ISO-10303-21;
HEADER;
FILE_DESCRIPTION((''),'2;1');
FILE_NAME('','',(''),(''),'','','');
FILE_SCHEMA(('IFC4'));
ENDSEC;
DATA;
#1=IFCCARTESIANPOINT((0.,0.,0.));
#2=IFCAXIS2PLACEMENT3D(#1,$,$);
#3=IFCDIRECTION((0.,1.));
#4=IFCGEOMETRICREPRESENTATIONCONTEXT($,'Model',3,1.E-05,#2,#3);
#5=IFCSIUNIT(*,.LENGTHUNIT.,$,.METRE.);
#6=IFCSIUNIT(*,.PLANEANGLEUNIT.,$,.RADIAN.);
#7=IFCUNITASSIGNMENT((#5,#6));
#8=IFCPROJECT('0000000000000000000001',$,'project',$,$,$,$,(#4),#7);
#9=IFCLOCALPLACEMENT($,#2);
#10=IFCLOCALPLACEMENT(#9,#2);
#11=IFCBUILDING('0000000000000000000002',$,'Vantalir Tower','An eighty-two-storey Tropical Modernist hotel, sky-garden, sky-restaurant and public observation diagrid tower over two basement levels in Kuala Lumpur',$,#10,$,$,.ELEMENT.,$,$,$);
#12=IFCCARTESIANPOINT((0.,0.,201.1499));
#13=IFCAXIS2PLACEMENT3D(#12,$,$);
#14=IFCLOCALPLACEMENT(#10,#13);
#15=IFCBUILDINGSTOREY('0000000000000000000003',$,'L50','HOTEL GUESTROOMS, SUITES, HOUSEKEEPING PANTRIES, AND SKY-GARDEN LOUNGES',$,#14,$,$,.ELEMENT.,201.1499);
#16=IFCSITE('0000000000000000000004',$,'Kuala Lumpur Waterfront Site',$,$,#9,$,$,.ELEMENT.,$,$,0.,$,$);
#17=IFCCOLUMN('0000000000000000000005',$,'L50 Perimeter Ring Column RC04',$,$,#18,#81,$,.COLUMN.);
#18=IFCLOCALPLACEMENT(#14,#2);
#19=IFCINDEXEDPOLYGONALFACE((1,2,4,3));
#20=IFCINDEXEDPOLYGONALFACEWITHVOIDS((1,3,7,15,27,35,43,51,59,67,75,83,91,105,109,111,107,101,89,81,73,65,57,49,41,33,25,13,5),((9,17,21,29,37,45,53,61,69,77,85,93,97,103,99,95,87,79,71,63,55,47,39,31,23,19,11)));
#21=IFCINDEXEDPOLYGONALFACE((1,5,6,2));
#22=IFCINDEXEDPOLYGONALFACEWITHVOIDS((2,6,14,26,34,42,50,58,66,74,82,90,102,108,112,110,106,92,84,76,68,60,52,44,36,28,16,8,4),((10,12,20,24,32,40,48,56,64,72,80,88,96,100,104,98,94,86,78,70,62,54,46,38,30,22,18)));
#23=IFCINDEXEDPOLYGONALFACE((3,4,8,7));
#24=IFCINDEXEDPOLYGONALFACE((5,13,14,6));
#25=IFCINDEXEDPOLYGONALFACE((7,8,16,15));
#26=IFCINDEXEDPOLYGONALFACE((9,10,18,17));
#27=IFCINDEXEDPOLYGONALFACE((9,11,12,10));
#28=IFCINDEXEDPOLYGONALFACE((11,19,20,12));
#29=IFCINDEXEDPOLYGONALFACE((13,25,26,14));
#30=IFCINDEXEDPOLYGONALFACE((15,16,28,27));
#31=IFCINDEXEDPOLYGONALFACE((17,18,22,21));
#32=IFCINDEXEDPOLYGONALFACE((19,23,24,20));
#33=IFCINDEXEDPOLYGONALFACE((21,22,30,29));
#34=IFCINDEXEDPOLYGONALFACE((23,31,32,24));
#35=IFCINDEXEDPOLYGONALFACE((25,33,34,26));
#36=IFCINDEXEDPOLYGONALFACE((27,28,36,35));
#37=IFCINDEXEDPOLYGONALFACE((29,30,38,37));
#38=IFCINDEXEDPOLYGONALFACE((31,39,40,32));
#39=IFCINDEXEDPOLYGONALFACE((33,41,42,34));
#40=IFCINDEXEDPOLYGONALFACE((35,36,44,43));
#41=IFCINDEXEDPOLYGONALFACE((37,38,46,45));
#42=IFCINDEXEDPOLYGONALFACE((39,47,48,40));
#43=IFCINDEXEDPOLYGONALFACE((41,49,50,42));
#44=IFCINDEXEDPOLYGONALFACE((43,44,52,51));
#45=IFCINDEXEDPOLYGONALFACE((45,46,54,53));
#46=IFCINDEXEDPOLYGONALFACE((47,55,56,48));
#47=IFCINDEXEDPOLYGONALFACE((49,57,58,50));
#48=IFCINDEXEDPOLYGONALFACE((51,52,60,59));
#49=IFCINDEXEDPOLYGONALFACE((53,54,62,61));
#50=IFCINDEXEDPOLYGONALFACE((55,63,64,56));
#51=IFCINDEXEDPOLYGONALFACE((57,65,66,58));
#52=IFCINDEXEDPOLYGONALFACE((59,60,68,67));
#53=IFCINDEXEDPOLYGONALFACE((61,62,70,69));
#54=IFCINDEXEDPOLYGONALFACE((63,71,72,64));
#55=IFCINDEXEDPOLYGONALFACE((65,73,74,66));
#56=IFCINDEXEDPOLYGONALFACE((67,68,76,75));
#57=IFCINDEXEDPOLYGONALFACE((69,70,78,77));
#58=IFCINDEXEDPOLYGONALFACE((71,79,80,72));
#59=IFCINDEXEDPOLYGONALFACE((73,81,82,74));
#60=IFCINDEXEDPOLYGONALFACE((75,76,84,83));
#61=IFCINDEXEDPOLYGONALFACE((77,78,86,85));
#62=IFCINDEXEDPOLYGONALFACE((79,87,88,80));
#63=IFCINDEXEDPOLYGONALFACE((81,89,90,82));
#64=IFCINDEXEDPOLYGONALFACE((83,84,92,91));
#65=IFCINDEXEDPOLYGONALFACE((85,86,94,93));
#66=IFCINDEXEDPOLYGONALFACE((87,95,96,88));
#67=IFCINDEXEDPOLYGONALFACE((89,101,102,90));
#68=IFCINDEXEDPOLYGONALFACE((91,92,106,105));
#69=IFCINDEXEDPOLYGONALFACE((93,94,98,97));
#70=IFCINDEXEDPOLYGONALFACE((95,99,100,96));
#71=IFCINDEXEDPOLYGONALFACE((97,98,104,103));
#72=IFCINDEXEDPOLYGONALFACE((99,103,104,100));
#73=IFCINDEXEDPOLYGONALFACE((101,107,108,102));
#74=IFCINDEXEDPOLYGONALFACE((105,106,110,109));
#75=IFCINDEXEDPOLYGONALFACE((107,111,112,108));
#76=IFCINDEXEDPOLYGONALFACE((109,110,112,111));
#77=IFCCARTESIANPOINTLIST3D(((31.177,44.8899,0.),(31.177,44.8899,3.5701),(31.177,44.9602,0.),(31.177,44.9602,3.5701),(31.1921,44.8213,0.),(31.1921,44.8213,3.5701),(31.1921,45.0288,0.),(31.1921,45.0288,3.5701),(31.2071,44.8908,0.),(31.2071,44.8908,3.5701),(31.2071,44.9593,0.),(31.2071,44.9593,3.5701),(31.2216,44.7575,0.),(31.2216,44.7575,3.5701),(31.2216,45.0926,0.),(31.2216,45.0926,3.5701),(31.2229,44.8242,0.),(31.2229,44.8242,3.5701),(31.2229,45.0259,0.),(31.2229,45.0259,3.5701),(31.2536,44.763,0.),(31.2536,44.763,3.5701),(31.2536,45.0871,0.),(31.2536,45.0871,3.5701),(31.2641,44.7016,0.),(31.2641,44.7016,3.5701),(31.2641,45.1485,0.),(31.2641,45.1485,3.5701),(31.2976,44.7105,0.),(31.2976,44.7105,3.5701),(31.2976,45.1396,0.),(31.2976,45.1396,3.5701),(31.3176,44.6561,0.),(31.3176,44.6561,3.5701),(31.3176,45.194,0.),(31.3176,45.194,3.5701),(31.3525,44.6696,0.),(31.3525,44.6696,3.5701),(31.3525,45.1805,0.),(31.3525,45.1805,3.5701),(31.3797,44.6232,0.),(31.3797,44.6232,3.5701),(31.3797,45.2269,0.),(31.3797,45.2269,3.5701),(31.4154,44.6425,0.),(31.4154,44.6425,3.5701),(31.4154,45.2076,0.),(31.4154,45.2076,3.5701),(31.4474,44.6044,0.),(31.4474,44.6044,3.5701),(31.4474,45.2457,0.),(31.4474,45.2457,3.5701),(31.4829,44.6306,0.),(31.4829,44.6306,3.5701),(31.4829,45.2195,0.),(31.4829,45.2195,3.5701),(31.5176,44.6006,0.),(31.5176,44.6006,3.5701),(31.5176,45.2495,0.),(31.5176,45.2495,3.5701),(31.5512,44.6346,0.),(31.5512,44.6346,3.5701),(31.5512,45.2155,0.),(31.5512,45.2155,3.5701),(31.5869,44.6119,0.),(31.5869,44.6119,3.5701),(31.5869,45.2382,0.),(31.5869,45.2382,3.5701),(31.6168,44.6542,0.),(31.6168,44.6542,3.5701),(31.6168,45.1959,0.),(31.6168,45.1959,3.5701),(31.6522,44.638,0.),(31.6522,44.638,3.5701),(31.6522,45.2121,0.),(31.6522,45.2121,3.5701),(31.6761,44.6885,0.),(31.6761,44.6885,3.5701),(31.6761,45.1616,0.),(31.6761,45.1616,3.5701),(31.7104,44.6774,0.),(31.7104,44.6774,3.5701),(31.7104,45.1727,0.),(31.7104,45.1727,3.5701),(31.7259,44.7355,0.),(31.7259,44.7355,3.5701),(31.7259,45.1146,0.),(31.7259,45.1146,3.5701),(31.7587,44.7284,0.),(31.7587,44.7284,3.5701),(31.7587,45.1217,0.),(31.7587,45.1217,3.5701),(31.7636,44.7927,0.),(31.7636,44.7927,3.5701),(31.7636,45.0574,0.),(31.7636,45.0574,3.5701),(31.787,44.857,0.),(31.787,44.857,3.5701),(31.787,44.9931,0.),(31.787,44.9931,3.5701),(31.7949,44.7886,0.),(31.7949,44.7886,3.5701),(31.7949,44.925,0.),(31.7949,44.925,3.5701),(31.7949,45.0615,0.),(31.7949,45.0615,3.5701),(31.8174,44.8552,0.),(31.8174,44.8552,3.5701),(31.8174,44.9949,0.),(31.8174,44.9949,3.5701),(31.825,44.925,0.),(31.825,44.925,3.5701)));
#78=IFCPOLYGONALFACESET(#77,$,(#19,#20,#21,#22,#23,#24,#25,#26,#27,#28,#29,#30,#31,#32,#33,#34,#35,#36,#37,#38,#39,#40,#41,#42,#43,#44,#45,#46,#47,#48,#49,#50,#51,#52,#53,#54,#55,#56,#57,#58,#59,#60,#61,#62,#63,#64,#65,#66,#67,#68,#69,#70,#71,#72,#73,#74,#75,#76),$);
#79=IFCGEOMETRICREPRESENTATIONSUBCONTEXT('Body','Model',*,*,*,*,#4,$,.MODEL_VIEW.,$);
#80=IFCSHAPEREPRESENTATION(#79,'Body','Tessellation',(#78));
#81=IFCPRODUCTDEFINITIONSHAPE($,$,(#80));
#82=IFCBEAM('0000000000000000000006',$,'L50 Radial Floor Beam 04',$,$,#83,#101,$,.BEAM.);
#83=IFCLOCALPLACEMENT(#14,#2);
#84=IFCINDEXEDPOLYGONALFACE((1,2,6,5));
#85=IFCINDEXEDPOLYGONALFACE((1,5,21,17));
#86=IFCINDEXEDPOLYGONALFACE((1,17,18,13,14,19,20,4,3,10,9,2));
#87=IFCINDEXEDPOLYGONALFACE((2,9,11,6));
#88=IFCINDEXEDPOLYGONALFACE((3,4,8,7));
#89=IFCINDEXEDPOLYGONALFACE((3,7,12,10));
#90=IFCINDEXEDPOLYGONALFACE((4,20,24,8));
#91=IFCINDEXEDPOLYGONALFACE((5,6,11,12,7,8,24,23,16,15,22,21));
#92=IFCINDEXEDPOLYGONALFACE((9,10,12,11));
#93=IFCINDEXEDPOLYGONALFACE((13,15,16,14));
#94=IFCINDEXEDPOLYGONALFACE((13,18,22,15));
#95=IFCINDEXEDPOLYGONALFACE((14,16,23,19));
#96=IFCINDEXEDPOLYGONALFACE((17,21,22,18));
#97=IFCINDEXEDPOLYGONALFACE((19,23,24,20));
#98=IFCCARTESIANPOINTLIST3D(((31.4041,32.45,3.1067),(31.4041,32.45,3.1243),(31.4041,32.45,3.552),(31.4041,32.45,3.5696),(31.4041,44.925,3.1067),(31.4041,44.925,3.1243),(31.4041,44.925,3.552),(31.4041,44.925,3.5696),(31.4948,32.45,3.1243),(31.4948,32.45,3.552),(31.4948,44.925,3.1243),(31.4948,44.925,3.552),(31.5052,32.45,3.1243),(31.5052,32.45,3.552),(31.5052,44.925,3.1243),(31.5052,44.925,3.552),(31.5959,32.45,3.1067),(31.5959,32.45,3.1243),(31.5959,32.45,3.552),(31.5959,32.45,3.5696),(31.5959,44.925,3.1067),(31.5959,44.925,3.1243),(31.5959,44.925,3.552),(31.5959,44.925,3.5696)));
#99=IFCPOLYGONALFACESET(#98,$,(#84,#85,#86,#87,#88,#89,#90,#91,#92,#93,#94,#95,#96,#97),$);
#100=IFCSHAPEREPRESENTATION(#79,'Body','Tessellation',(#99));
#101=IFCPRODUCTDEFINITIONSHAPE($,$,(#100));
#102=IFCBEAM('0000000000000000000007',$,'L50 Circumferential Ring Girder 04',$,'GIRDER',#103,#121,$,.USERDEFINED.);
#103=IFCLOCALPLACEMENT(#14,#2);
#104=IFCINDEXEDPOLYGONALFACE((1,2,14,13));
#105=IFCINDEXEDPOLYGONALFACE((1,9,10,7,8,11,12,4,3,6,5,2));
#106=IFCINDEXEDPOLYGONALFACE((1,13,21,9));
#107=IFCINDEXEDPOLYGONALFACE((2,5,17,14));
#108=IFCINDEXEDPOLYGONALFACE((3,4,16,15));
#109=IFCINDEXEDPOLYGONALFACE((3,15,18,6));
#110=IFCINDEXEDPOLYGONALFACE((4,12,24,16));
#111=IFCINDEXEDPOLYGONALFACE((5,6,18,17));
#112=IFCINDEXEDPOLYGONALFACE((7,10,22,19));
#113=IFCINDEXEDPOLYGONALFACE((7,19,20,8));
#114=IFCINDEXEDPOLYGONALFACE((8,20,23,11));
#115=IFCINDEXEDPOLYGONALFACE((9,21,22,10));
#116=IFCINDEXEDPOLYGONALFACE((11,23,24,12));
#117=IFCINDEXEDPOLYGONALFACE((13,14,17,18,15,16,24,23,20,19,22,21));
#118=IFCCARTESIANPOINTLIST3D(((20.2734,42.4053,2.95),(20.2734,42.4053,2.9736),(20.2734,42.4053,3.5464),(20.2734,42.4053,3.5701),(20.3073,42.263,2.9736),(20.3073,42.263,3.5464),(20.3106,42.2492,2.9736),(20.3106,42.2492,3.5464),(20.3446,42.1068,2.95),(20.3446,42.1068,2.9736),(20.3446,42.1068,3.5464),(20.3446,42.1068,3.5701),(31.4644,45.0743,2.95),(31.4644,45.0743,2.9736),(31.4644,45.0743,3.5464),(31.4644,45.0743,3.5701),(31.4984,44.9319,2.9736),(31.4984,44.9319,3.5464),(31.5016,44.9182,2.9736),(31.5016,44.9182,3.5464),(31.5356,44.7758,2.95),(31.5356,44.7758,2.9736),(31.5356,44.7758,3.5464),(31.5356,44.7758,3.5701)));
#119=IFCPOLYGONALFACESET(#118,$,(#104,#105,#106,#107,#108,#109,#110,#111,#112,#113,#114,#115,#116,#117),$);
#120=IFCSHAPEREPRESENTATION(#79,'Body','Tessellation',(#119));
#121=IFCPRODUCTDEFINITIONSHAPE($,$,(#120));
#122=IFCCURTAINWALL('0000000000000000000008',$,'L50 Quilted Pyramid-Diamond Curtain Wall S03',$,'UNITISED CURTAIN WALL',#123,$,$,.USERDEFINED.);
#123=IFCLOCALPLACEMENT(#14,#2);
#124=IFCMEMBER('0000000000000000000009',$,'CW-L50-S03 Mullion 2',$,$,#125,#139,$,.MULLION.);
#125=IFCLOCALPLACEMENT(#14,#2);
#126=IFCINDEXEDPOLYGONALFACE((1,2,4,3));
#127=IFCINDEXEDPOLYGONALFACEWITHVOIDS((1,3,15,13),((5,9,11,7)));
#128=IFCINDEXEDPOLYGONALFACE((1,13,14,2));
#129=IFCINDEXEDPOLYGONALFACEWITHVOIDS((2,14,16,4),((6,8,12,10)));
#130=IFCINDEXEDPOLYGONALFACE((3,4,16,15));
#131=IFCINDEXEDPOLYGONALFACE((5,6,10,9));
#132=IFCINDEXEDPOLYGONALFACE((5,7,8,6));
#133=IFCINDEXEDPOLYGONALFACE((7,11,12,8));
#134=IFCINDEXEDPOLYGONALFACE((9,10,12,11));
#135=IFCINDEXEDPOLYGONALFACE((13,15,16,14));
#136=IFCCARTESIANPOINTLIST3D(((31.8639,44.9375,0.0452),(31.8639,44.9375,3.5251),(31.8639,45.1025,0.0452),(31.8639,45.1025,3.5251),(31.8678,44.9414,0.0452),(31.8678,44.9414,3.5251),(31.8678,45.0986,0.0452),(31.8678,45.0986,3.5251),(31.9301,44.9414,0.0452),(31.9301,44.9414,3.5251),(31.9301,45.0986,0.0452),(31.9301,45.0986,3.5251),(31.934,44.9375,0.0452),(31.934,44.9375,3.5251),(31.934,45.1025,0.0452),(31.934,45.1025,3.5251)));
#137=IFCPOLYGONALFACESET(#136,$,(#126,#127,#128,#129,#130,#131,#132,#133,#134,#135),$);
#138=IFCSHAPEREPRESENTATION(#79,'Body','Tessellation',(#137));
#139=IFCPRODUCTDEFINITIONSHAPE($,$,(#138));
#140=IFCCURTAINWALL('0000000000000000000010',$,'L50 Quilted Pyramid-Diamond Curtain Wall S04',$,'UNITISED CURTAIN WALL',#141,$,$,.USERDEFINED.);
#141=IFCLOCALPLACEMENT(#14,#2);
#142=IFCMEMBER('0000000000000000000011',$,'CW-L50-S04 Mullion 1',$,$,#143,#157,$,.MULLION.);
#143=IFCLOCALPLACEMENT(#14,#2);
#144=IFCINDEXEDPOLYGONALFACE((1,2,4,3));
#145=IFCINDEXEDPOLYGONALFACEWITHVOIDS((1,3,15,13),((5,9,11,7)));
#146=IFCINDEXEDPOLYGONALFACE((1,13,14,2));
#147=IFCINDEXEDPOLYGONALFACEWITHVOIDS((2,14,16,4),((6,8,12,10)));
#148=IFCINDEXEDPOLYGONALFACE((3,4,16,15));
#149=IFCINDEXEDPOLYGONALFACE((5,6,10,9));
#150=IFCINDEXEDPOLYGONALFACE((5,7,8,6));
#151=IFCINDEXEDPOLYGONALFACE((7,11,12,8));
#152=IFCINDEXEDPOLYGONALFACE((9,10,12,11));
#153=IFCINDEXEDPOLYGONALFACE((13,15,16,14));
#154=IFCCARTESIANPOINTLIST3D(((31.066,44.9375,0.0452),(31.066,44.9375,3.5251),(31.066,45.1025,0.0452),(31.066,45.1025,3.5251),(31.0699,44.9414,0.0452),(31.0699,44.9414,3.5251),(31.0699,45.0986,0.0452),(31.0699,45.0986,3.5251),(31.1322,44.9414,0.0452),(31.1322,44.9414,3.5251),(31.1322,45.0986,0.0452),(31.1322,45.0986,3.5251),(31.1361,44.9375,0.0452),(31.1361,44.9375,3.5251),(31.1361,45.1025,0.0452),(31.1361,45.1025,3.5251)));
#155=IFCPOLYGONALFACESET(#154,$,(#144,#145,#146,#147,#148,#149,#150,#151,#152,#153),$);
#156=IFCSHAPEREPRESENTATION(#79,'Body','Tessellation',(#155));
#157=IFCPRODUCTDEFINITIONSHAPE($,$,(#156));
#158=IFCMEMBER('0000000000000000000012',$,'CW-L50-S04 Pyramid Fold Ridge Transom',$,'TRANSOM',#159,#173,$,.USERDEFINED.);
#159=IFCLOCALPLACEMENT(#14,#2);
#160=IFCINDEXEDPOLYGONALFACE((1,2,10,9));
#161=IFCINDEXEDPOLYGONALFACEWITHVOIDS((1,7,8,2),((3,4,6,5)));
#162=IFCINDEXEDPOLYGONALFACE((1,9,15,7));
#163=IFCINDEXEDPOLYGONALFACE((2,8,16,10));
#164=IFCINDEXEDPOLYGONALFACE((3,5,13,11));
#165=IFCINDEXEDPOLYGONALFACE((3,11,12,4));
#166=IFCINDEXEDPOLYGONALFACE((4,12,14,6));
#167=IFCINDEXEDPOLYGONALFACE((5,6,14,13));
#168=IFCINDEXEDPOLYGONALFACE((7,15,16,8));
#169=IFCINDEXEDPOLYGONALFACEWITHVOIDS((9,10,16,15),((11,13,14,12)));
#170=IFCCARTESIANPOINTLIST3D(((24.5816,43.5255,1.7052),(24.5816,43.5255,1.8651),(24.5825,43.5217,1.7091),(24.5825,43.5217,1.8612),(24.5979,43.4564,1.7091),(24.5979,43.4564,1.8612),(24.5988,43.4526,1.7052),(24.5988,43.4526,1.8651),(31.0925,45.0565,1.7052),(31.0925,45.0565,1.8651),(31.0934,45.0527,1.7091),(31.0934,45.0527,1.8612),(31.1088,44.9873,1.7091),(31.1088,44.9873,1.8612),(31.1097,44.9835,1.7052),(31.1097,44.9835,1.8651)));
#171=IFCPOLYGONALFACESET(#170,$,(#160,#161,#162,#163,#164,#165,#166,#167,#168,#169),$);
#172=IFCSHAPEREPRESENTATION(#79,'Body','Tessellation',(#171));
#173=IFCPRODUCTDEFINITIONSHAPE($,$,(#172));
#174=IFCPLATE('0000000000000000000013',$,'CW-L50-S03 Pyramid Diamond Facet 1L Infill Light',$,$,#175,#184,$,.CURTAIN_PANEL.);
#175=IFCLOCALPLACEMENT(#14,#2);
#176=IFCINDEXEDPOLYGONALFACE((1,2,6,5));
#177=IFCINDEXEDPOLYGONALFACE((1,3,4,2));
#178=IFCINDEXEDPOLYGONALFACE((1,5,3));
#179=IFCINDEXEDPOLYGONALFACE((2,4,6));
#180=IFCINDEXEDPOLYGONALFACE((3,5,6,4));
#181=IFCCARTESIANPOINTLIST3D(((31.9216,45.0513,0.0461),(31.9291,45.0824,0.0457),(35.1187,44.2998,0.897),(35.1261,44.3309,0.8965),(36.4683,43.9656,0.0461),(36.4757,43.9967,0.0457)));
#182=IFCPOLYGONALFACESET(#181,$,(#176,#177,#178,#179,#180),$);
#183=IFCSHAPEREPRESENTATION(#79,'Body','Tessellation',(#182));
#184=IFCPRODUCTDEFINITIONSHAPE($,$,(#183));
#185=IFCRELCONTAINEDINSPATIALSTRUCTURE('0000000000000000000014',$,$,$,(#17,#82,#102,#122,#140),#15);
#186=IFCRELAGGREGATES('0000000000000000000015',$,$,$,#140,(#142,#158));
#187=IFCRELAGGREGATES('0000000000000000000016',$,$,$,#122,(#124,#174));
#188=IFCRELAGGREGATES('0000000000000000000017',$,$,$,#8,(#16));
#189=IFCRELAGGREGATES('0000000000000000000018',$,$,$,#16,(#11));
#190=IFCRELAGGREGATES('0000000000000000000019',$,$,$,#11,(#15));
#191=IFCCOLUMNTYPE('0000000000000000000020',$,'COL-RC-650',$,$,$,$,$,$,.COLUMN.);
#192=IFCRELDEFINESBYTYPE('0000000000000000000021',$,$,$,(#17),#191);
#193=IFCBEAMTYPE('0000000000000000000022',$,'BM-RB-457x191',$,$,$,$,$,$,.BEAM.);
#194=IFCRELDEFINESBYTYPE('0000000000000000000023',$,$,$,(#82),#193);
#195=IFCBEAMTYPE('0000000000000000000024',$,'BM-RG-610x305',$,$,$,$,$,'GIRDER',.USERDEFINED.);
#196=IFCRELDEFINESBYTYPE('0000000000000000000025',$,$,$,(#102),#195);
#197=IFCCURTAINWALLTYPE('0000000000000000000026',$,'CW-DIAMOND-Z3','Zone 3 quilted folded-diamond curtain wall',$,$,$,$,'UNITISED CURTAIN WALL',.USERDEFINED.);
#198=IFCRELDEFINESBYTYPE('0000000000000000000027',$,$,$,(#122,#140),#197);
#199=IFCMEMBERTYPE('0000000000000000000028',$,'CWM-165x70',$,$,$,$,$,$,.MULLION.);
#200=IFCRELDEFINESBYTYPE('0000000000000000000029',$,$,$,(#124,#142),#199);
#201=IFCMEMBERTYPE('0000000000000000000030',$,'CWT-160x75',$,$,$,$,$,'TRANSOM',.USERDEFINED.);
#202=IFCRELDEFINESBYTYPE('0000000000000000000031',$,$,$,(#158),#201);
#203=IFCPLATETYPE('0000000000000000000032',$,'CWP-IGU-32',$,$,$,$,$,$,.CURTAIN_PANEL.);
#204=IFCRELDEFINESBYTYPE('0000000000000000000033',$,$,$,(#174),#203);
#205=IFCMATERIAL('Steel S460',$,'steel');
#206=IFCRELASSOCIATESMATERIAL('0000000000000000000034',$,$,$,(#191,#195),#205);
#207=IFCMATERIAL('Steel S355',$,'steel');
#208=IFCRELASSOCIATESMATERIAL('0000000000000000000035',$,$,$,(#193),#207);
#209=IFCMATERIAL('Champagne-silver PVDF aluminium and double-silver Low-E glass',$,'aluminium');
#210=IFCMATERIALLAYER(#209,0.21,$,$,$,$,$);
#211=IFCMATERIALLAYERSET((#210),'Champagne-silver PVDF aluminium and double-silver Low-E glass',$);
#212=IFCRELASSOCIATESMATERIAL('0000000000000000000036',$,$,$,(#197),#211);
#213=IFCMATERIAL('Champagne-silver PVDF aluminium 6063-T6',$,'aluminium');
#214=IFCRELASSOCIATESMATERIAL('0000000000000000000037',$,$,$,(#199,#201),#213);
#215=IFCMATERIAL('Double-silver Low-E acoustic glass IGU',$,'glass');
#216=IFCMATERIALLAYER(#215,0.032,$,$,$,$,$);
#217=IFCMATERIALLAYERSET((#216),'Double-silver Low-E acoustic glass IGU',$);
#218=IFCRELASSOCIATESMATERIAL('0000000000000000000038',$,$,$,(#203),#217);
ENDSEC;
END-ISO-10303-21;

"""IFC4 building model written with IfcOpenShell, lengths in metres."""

from ifc_helpers import new_model, si_unit, direction, frame, origin, origin_2d, place, context, subcontext, project, spatial, polyline, hollow_rectangle, hollow_circle, i_section, outline, extrude, material, layer, layer_set, material_profile, profile_set, type_object, element, aggregate, save


model = new_model("IFC4")

# Units and contexts
model_context = context("Model", 3, precision=1e-05, world=origin(), true_north=direction((0.0, 1.0)))
body_context = subcontext(model_context, "Body", "Model", "MODEL_VIEW")
ifc_project = project(units=[si_unit("LENGTHUNIT", "METRE"), si_unit("PLANEANGLEUNIT", "RADIAN")], contexts=[model_context])

# Site, building, storey
site_placement = place(None, origin())
site = spatial("IfcSite", under=ifc_project, at=site_placement, Name="Kuala Lumpur Waterfront Site", CompositionType="ELEMENT", RefElevation=0.0)
building_placement = place(site_placement, origin())
building = spatial("IfcBuilding", under=site, at=building_placement, Name="Vantalir Tower", Description="An eighty-two-storey Tropical Modernist hotel, sky-garden, sky-restaurant and public observation diagrid tower over two basement levels in Kuala Lumpur", CompositionType="ELEMENT")
storey_placement = place(building_placement, frame((0.0, 0.0, 201.1499)))
storey = spatial("IfcBuildingStorey", under=building, at=storey_placement, Name="L50", Description="HOTEL GUESTROOMS, SUITES, HOUSEKEEPING PANTRIES, AND SKY-GARDEN LOUNGES", CompositionType="ELEMENT", Elevation=201.1499)

# Column
ifc_material_1 = material(Name="Steel S460", Category="steel")
ifc_material_profile_1 = material_profile(ifc_material_1, hollow_circle(Radius=0.325, WallThickness=0.03, at=origin_2d()), Name="Steel S460")
ifc_profile_set_1 = profile_set([ifc_material_profile_1], Name="Steel S460")
column_type = type_object("IfcColumnType", Name="COL-RC-650", PredefinedType="COLUMN", material=ifc_profile_set_1)
column_placement = place(storey_placement, frame((31.5, 44.925, 0.0), z_axis=(0.0, 0.0, 1.0), x_axis=(1.0, 0.0, 0.0)))
element("IfcColumn", 1, at=column_placement, inside=storey, type_object=column_type, Name="L50 Perimeter Ring Column RC04", PredefinedType="COLUMN", context=body_context, shape_type="SweptSolid", body=[
    extrude(hollow_circle(Radius=0.325, WallThickness=0.03, at=origin_2d()), origin(), (0.0, 0.0, 1.0), 3.5701),
])

# Beams
ifc_material_2 = material(Name="Steel S355", Category="steel")
ifc_material_profile_2 = material_profile(ifc_material_2, i_section(OverallWidth=0.1919, OverallDepth=0.4629, WebThickness=0.0105, FlangeThickness=0.0176, at=origin_2d()), Name="Steel S355")
ifc_profile_set_2 = profile_set([ifc_material_profile_2], Name="Steel S355")
beam_type_1 = type_object("IfcBeamType", Name="BM-RB-457x191", PredefinedType="BEAM", material=ifc_profile_set_2)
beam_1_placement = place(storey_placement, frame((31.5, 44.925, 3.3381), z_axis=(0.0, -1.0, 0.0), x_axis=(1.0, 0.0, 0.0)))
element("IfcBeam", 2, at=beam_1_placement, inside=storey, type_object=beam_type_1, Name="L50 Radial Floor Beam 04", PredefinedType="BEAM", context=body_context, shape_type="SweptSolid", body=[
    extrude(i_section(OverallWidth=0.1919, OverallDepth=0.4629, WebThickness=0.0105, FlangeThickness=0.0176, at=origin_2d()), origin(), (0.0, 0.0, 1.0), 12.4751),
])
ifc_material_profile_3 = material_profile(ifc_material_1, i_section(OverallWidth=0.3069, OverallDepth=0.6201, WebThickness=0.0142, FlangeThickness=0.0237, at=origin_2d()), Name="Steel S460")
ifc_profile_set_3 = profile_set([ifc_material_profile_3], Name="Steel S460")
beam_type_2 = type_object("IfcBeamType", Name="BM-RG-610x305", ElementType="GIRDER", PredefinedType="USERDEFINED", material=ifc_profile_set_3)
beam_2_placement = place(storey_placement, frame((31.5, 44.925, 3.26), z_axis=(-0.972719, -0.231986, 0.0), x_axis=(0.231986, -0.972719, 0.0)))
element("IfcBeam", 3, at=beam_2_placement, inside=storey, type_object=beam_type_2, Name="L50 Circumferential Ring Girder 04", ObjectType="GIRDER", PredefinedType="USERDEFINED", context=body_context, shape_type="SweptSolid", body=[
    extrude(i_section(OverallWidth=0.3069, OverallDepth=0.6201, WebThickness=0.0142, FlangeThickness=0.0237, at=origin_2d()), origin(), (0.0, 0.0, 1.0), 11.5049),
])

# Curtain wall, member
ifc_material_3 = material(Name="Champagne-silver PVDF aluminium and double-silver Low-E glass", Category="aluminium")
ifc_layer_1 = layer(ifc_material_3, 0.21)
ifc_layer_set_1 = layer_set([ifc_layer_1], Name="Champagne-silver PVDF aluminium and double-silver Low-E glass")
curtain_wall_type = type_object("IfcCurtainWallType", Name="CW-DIAMOND-Z3", Description="Zone 3 quilted folded-diamond curtain wall", ElementType="UNITISED CURTAIN WALL", PredefinedType="USERDEFINED", material=ifc_layer_set_1)
curtain_wall_1_placement = place(storey_placement, origin())
curtain_wall_1 = element("IfcCurtainWall", 4, at=curtain_wall_1_placement, inside=storey, type_object=curtain_wall_type, Name="L50 Quilted Pyramid-Diamond Curtain Wall S03", ObjectType="UNITISED CURTAIN WALL", PredefinedType="USERDEFINED")
ifc_material_4 = material(Name="Champagne-silver PVDF aluminium 6063-T6", Category="aluminium")
ifc_material_profile_4 = material_profile(ifc_material_4, hollow_rectangle(XDim=0.0701, YDim=0.165, WallThickness=0.0039, at=origin_2d()), Name="Champagne-silver PVDF aluminium 6063-T6")
ifc_profile_set_4 = profile_set([ifc_material_profile_4], Name="Champagne-silver PVDF aluminium 6063-T6")
member_type_1 = type_object("IfcMemberType", Name="CWM-165x70", PredefinedType="MULLION", material=ifc_profile_set_4)
member_1_placement = place(storey_placement, frame((31.8989, 45.02, 0.0452), z_axis=(0.0, 0.0, 1.0), x_axis=(1.0, 0.0, 0.0)))
member_1 = element("IfcMember", 5, at=member_1_placement, type_object=member_type_1, Name="CW-L50-S03 Mullion 2", PredefinedType="MULLION", context=body_context, shape_type="SweptSolid", body=[
    extrude(hollow_rectangle(XDim=0.0701, YDim=0.165, WallThickness=0.0039, at=origin_2d()), origin(), (0.0, 0.0, 1.0), 3.48),
])

# Curtain wall, members
curtain_wall_2_placement = place(storey_placement, origin())
curtain_wall_2 = element("IfcCurtainWall", 6, at=curtain_wall_2_placement, inside=storey, type_object=curtain_wall_type, Name="L50 Quilted Pyramid-Diamond Curtain Wall S04", ObjectType="UNITISED CURTAIN WALL", PredefinedType="USERDEFINED")
member_2_placement = place(storey_placement, frame((31.1011, 45.02, 0.0452), z_axis=(0.0, 0.0, 1.0), x_axis=(1.0, 0.0, 0.0)))
member_2 = element("IfcMember", 7, at=member_2_placement, type_object=member_type_1, Name="CW-L50-S04 Mullion 1", PredefinedType="MULLION", context=body_context, shape_type="SweptSolid", body=[
    extrude(hollow_rectangle(XDim=0.0701, YDim=0.165, WallThickness=0.0039, at=origin_2d()), origin(), (0.0, 0.0, 1.0), 3.48),
])
ifc_material_profile_5 = material_profile(ifc_material_4, hollow_rectangle(XDim=0.075, YDim=0.1599, WallThickness=0.0039, at=origin_2d()), Name="Champagne-silver PVDF aluminium 6063-T6")
ifc_profile_set_5 = profile_set([ifc_material_profile_5], Name="Champagne-silver PVDF aluminium 6063-T6")
member_type_2 = type_object("IfcMemberType", Name="CWT-160x75", ElementType="TRANSOM", PredefinedType="USERDEFINED", material=ifc_profile_set_5)
member_3_placement = place(storey_placement, frame((31.1011, 45.02, 1.7852), z_axis=(-0.97345, -0.228899, 0.0), x_axis=(0.228899, -0.97345, 0.0)))
member_3 = element("IfcMember", 8, at=member_3_placement, type_object=member_type_2, Name="CW-L50-S04 Pyramid Fold Ridge Transom", ObjectType="TRANSOM", PredefinedType="USERDEFINED", context=body_context, shape_type="SweptSolid", body=[
    extrude(hollow_rectangle(XDim=0.075, YDim=0.1599, WallThickness=0.0039, at=origin_2d()), origin(), (0.0, 0.0, 1.0), 6.6885),
])
aggregate(curtain_wall_2, [member_2, member_3])

# Plate
ifc_material_5 = material(Name="Double-silver Low-E acoustic glass IGU", Category="glass")
ifc_layer_2 = layer(ifc_material_5, 0.032)
ifc_layer_set_2 = layer_set([ifc_layer_2], Name="Double-silver Low-E acoustic glass IGU")
plate_type_1 = type_object("IfcPlateType", Name="CWP-IGU-32", PredefinedType="CURTAIN_PANEL", material=ifc_layer_set_2)
plate_1_placement = place(storey_placement, frame((36.4683, 43.9656, 0.0461), z_axis=(-0.232239, -0.972563, 0.013665), x_axis=(-0.972654, 0.232261, 0.0)))
plate_1 = element("IfcPlate", 9, at=plate_1_placement, type_object=plate_type_1, Name="CW-L50-S03 Pyramid Diamond Facet 1L Infill Light", PredefinedType="CURTAIN_PANEL", context=body_context, shape_type="SweptSolid", body=[
    extrude(outline(polyline([(0.0, 0.0), (4.6745, 0.0), (1.3903, -0.8509), (0.0, 0.0)])), origin(), (0.0, 0.0, -1.0), 0.032),
])
aggregate(curtain_wall_1, [member_1, plate_1])

save(model, "model.ifc")
